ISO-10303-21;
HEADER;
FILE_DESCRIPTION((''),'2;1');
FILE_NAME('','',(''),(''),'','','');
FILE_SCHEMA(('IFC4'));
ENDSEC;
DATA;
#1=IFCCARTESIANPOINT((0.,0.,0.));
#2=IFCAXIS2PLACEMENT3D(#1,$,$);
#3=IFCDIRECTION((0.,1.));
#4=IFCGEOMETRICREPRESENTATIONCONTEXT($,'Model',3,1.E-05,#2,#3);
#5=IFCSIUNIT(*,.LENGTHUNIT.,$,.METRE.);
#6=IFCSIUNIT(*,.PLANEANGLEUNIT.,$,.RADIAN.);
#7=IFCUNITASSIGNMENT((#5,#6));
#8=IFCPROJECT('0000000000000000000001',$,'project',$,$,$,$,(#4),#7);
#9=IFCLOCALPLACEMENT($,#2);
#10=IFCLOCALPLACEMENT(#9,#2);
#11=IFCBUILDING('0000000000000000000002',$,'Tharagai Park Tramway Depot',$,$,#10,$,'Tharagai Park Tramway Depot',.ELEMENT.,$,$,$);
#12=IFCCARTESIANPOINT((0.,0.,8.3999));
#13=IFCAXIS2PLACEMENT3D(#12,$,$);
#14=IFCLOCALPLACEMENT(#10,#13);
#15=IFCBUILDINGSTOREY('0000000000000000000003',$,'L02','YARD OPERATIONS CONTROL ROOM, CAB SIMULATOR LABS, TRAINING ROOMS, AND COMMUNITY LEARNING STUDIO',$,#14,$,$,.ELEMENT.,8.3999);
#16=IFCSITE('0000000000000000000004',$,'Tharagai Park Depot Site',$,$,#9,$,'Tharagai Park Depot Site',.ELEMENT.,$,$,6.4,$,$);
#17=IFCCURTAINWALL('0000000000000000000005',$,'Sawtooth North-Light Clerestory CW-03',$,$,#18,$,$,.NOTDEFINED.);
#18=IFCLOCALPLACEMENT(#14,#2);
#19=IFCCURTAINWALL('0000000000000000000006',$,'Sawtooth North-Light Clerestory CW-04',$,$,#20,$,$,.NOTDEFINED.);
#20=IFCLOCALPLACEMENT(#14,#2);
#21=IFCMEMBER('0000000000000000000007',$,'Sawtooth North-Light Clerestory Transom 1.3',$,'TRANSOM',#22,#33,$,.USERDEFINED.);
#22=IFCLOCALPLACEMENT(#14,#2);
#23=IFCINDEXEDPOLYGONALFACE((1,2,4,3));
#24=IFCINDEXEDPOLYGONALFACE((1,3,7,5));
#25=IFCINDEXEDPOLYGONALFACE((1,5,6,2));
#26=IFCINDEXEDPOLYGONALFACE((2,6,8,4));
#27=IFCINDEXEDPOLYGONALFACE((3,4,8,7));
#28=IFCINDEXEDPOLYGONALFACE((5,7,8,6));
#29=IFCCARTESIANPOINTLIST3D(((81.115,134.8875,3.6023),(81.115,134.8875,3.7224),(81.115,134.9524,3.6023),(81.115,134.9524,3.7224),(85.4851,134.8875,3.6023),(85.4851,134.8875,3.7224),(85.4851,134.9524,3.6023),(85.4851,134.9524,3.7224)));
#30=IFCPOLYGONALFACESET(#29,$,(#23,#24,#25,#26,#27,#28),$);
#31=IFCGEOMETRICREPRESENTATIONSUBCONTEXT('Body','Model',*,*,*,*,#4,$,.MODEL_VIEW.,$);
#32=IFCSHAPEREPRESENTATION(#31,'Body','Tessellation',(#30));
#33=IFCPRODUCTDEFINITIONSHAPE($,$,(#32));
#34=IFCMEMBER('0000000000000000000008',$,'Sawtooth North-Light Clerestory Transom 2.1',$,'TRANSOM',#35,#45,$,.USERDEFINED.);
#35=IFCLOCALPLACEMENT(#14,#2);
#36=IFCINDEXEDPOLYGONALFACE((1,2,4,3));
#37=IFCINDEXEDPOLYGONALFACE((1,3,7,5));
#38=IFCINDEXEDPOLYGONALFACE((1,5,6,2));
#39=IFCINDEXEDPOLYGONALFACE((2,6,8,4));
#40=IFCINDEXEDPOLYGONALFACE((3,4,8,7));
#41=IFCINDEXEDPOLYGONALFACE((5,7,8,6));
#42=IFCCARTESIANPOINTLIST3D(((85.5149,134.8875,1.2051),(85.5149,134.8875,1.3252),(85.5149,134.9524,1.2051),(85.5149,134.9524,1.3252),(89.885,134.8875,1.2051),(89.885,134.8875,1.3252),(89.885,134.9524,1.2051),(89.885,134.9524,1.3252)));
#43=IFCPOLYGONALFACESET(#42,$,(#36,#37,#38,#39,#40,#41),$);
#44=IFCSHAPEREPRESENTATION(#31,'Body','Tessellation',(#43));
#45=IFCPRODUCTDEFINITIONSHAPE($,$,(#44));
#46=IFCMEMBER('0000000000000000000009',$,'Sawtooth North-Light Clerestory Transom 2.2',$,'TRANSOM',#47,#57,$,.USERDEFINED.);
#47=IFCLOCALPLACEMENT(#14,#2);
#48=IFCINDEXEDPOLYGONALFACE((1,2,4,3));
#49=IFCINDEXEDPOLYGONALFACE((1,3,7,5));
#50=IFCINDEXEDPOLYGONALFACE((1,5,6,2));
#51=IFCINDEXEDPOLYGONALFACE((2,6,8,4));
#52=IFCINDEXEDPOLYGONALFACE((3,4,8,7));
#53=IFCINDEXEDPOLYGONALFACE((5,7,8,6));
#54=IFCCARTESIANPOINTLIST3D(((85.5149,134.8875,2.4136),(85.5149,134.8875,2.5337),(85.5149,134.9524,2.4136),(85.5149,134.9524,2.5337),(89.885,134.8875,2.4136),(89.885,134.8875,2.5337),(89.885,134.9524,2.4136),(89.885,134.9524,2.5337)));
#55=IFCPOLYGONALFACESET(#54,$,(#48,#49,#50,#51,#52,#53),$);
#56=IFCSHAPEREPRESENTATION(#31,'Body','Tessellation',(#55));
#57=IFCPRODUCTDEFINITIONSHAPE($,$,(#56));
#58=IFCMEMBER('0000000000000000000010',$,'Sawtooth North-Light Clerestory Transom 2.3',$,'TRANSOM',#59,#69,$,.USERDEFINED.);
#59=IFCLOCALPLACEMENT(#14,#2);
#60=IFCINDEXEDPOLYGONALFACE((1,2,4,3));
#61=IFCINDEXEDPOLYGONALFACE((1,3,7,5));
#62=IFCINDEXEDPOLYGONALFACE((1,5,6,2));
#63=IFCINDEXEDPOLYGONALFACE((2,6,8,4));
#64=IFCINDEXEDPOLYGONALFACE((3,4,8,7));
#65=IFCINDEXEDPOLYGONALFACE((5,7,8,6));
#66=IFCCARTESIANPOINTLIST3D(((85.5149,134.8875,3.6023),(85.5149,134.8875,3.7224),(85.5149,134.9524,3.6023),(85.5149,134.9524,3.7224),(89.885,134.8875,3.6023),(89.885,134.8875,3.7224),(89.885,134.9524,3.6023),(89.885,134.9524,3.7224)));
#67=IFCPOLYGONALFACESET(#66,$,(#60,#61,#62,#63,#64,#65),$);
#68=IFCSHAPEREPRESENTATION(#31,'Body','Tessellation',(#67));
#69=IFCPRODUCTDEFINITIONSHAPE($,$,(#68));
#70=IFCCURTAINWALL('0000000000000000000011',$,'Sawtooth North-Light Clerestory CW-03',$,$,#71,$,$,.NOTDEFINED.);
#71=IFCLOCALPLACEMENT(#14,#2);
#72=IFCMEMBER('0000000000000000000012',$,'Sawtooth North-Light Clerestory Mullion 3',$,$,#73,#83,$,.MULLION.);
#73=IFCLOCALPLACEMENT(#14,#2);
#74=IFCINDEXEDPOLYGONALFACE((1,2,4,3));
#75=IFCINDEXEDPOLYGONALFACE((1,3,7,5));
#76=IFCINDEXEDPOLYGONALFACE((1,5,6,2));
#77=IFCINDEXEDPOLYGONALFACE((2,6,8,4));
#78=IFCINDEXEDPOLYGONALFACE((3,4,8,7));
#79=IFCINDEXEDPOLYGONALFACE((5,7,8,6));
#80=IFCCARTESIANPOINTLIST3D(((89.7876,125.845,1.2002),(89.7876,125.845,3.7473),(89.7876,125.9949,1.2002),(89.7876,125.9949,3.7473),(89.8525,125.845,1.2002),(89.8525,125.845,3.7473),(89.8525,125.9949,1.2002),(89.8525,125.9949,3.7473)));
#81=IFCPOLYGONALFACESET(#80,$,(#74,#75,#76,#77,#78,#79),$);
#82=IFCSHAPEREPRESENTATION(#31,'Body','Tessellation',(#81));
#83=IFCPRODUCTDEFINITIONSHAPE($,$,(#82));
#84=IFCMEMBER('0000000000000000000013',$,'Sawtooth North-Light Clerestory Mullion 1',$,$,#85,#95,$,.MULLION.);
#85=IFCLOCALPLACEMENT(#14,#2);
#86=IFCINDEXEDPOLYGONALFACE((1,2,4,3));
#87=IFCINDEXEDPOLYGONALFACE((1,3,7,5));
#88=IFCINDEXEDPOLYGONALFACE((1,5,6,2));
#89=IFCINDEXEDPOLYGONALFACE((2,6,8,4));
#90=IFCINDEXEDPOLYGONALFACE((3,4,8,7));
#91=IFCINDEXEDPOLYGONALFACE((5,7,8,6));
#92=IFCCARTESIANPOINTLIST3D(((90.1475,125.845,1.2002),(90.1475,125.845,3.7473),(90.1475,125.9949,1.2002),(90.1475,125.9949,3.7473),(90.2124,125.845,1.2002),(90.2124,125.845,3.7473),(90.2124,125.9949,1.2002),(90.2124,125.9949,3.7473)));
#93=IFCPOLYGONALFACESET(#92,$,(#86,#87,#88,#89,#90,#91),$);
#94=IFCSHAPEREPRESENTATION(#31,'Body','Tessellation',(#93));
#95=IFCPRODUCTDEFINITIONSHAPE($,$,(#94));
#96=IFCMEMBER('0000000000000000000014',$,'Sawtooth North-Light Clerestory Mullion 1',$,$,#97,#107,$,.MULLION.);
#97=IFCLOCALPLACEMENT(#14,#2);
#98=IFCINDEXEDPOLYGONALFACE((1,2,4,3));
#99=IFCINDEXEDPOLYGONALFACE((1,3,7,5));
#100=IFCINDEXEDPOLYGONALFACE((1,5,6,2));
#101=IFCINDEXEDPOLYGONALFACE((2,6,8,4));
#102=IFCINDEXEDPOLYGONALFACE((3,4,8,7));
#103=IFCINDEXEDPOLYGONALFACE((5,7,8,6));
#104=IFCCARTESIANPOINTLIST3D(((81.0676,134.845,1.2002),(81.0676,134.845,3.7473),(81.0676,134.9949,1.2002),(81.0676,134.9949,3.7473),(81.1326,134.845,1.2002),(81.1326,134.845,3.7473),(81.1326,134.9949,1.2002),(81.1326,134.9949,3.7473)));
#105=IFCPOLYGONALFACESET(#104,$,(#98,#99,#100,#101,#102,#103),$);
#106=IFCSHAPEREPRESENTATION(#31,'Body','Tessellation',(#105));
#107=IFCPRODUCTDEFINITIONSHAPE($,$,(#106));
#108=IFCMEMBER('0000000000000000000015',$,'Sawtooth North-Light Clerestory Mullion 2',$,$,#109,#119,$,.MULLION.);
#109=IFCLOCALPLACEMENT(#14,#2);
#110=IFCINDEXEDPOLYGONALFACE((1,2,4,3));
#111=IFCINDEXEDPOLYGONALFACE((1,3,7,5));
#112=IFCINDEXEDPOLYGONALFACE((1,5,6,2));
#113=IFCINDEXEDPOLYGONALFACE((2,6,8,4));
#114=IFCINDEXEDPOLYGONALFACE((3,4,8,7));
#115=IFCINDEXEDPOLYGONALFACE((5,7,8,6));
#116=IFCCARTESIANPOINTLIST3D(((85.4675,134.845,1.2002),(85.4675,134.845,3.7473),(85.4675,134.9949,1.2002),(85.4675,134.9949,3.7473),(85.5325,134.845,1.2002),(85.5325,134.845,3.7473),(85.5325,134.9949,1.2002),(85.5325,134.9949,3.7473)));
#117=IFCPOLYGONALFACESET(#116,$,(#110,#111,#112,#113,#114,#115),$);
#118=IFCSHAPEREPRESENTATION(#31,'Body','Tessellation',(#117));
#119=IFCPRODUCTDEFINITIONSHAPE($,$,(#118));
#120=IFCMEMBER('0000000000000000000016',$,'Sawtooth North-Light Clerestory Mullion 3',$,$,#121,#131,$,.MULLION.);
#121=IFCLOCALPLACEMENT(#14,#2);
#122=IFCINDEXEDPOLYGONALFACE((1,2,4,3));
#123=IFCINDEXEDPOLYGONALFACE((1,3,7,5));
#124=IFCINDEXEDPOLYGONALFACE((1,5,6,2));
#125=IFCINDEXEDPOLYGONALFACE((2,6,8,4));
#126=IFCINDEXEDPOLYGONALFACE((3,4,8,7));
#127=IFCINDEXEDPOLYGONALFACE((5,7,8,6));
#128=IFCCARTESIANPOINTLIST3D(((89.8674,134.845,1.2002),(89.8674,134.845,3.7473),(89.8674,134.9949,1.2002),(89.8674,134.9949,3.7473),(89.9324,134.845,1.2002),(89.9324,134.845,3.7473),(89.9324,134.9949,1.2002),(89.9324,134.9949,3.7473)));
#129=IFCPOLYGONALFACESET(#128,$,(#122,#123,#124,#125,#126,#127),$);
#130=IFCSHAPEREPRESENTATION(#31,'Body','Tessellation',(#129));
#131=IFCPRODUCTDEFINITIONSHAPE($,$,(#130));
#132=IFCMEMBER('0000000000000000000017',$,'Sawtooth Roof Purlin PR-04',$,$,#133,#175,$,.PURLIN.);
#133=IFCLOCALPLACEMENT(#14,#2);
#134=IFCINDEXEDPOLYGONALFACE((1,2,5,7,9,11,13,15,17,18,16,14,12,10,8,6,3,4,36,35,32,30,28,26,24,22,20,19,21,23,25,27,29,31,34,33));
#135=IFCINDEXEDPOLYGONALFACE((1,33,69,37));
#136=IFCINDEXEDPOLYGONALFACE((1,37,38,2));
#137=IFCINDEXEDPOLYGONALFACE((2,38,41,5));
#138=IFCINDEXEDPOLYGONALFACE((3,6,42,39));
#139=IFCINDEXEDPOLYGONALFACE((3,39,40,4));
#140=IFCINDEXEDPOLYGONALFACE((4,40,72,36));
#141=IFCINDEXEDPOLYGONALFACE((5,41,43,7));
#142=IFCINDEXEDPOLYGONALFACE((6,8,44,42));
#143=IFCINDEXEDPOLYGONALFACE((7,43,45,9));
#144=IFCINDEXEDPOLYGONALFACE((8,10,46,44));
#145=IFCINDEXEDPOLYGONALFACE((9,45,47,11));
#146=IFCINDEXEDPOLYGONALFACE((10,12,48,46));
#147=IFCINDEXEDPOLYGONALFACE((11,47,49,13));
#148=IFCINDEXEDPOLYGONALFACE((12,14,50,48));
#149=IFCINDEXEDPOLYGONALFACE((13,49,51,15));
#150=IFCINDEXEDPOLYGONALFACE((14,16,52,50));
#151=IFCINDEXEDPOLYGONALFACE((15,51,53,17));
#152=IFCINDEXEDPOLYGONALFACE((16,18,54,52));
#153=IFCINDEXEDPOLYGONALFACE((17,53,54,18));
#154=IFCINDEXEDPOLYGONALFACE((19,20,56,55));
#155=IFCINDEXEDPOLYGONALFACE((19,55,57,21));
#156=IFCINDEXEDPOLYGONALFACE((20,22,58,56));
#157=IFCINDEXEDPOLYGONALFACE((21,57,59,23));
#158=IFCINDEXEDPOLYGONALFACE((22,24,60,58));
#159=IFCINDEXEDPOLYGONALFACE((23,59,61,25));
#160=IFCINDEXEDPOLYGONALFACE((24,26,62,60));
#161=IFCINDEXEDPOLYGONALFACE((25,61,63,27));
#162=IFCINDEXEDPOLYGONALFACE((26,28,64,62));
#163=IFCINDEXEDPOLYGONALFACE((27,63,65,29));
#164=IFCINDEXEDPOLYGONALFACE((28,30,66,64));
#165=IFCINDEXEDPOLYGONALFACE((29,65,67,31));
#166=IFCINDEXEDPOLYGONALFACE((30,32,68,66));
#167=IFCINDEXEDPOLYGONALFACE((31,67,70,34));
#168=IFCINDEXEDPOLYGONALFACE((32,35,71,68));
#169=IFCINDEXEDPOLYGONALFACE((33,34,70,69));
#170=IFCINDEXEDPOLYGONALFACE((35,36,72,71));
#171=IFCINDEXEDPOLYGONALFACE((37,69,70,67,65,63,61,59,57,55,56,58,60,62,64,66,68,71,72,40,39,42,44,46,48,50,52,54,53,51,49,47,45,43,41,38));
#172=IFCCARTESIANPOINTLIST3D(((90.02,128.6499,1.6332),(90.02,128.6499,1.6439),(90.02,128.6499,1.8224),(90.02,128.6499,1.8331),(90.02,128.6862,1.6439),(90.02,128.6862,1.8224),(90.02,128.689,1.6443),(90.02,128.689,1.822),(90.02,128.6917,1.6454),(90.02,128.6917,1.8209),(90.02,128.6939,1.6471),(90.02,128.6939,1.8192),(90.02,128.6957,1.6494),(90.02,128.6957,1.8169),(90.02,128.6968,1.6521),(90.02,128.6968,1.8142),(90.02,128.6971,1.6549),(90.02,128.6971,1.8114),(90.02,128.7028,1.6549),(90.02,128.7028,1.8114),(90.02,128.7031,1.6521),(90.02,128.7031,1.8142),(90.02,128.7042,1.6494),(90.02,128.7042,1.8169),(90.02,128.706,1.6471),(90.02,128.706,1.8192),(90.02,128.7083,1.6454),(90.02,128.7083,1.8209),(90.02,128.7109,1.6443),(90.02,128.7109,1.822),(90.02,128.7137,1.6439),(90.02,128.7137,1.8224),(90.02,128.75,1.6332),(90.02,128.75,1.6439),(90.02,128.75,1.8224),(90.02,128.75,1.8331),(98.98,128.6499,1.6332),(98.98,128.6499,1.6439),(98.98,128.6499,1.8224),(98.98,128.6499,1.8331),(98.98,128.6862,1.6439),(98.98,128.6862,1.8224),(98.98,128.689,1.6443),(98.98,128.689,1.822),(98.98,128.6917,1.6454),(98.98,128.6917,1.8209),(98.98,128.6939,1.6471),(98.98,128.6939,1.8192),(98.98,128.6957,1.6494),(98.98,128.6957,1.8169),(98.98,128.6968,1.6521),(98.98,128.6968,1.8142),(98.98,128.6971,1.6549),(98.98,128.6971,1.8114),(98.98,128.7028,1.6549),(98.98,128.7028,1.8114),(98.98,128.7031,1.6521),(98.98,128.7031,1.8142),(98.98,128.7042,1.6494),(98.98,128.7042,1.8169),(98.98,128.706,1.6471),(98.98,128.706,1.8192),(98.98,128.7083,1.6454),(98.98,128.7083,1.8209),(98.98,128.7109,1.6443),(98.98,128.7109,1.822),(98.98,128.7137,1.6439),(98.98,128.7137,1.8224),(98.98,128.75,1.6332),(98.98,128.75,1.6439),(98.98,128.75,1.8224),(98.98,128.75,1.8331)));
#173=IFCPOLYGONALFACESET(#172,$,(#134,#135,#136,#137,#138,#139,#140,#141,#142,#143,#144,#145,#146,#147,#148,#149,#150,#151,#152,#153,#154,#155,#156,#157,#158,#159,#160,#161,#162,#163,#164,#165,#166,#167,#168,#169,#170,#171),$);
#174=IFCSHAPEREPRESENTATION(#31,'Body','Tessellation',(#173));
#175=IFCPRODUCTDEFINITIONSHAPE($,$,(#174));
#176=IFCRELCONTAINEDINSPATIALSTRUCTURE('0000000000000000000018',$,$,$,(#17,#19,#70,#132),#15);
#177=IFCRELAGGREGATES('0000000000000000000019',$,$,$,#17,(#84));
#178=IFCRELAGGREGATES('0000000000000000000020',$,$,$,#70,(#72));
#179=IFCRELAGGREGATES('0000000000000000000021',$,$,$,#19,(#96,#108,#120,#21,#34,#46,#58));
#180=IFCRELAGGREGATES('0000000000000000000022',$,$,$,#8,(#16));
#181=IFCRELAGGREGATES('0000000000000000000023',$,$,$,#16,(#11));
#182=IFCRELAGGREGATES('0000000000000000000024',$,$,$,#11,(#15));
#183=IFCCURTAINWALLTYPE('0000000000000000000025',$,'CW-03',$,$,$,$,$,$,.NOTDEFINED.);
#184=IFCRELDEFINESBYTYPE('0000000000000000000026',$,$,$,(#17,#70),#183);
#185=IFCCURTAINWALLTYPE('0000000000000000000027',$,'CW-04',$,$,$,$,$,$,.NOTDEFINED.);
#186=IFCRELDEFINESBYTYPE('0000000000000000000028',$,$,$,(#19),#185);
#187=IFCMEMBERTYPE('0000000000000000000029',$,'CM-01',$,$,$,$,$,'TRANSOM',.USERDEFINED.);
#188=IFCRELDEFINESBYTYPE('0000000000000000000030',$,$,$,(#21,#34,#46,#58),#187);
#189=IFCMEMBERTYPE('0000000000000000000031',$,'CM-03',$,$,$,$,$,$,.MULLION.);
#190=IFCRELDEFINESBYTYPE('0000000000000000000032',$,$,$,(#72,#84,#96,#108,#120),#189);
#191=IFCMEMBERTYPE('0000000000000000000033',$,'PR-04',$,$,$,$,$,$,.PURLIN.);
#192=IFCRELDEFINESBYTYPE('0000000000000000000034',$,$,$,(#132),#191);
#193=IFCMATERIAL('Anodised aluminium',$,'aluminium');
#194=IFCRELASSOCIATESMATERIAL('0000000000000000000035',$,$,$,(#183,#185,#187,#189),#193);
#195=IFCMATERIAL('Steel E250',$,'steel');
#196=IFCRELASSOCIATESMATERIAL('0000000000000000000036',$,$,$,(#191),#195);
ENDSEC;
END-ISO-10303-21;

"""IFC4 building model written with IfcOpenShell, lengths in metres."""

from ifc_helpers import new_model, si_unit, direction, frame, origin, origin_2d, place, context, subcontext, project, spatial, rectangle, i_section, extrude, material, material_profile, profile_set, type_object, element, aggregate, save


model = new_model("IFC4")

# Units and contexts
model_context = context("Model", 3, precision=1e-05, world=origin(), true_north=direction((0.0, 1.0)))
body_context = subcontext(model_context, "Body", "Model", "MODEL_VIEW")
ifc_project = project(units=[si_unit("LENGTHUNIT", "METRE"), si_unit("PLANEANGLEUNIT", "RADIAN")], contexts=[model_context])

# Site, building, storey
site_placement = place(None, origin())
site = spatial("IfcSite", under=ifc_project, at=site_placement, Name="Tharagai Park Depot Site", LongName="Tharagai Park Depot Site", CompositionType="ELEMENT", RefElevation=6.4)
building_placement = place(site_placement, origin())
building = spatial("IfcBuilding", under=site, at=building_placement, Name="Tharagai Park Tramway Depot", LongName="Tharagai Park Tramway Depot", CompositionType="ELEMENT")
storey_placement = place(building_placement, frame((0.0, 0.0, 8.3999)))
storey = spatial("IfcBuildingStorey", under=building, at=storey_placement, Name="L02", Description="YARD OPERATIONS CONTROL ROOM, CAB SIMULATOR LABS, TRAINING ROOMS, AND COMMUNITY LEARNING STUDIO", CompositionType="ELEMENT", Elevation=8.3999)

# Curtain walls, members
ifc_material_1 = material(Name="Anodised aluminium", Category="aluminium")
curtain_wall_type_1 = type_object("IfcCurtainWallType", Name="CW-03", PredefinedType="NOTDEFINED", material=ifc_material_1)
curtain_wall_1_placement = place(storey_placement, origin())
curtain_wall_1 = element("IfcCurtainWall", 1, at=curtain_wall_1_placement, inside=storey, type_object=curtain_wall_type_1, Name="Sawtooth North-Light Clerestory CW-03", PredefinedType="NOTDEFINED")
ifc_material_profile_1 = material_profile(ifc_material_1, rectangle(XDim=0.0649, YDim=0.1201, at=origin_2d()), Name="ALU 65x120")
ifc_profile_set_1 = profile_set([ifc_material_profile_1], Name="Anodised aluminium")
member_type_1 = type_object("IfcMemberType", Name="CM-01", ElementType="TRANSOM", PredefinedType="USERDEFINED", material=ifc_profile_set_1)
curtain_wall_type_2 = type_object("IfcCurtainWallType", Name="CW-04", PredefinedType="NOTDEFINED", material=ifc_material_1)
curtain_wall_2_placement = place(storey_placement, origin())
curtain_wall_2 = element("IfcCurtainWall", 2, at=curtain_wall_2_placement, inside=storey, type_object=curtain_wall_type_2, Name="Sawtooth North-Light Clerestory CW-04", PredefinedType="NOTDEFINED")
member_1_placement = place(storey_placement, frame((81.115, 134.9199, 3.6624), z_axis=(1.0, 0.0, 0.0), x_axis=(0.0, 1.0, 0.0)))
member_1 = element("IfcMember", 3, at=member_1_placement, type_object=member_type_1, Name="Sawtooth North-Light Clerestory Transom 1.3", ObjectType="TRANSOM", PredefinedType="USERDEFINED", context=body_context, shape_type="SweptSolid", body=[
    extrude(rectangle(XDim=0.0649, YDim=0.1201, at=origin_2d()), origin(), (0.0, 0.0, 1.0), 4.3701),
])
member_2_placement = place(storey_placement, frame((85.5149, 134.9199, 1.2651), z_axis=(1.0, 0.0, 0.0), x_axis=(0.0, 1.0, 0.0)))
member_2 = element("IfcMember", 4, at=member_2_placement, type_object=member_type_1, Name="Sawtooth North-Light Clerestory Transom 2.1", ObjectType="TRANSOM", PredefinedType="USERDEFINED", context=body_context, shape_type="SweptSolid", body=[
    extrude(rectangle(XDim=0.0649, YDim=0.1201, at=origin_2d()), origin(), (0.0, 0.0, 1.0), 4.3701),
])
member_3_placement = place(storey_placement, frame((85.5149, 134.9199, 2.4736), z_axis=(1.0, 0.0, 0.0), x_axis=(0.0, 1.0, 0.0)))
member_3 = element("IfcMember", 5, at=member_3_placement, type_object=member_type_1, Name="Sawtooth North-Light Clerestory Transom 2.2", ObjectType="TRANSOM", PredefinedType="USERDEFINED", context=body_context, shape_type="SweptSolid", body=[
    extrude(rectangle(XDim=0.0649, YDim=0.1201, at=origin_2d()), origin(), (0.0, 0.0, 1.0), 4.3701),
])
member_4_placement = place(storey_placement, frame((85.5149, 134.9199, 3.6624), z_axis=(1.0, 0.0, 0.0), x_axis=(0.0, 1.0, 0.0)))
member_4 = element("IfcMember", 6, at=member_4_placement, type_object=member_type_1, Name="Sawtooth North-Light Clerestory Transom 2.3", ObjectType="TRANSOM", PredefinedType="USERDEFINED", context=body_context, shape_type="SweptSolid", body=[
    extrude(rectangle(XDim=0.0649, YDim=0.1201, at=origin_2d()), origin(), (0.0, 0.0, 1.0), 4.3701),
])

# Curtain wall, member
curtain_wall_3_placement = place(storey_placement, origin())
curtain_wall_3 = element("IfcCurtainWall", 7, at=curtain_wall_3_placement, inside=storey, type_object=curtain_wall_type_1, Name="Sawtooth North-Light Clerestory CW-03", PredefinedType="NOTDEFINED")
ifc_material_profile_2 = material_profile(ifc_material_1, rectangle(XDim=0.0649, YDim=0.1499, at=origin_2d()), Name="ALU 65x150")
ifc_profile_set_2 = profile_set([ifc_material_profile_2], Name="Anodised aluminium")
member_type_2 = type_object("IfcMemberType", Name="CM-03", PredefinedType="MULLION", material=ifc_profile_set_2)
member_5_placement = place(storey_placement, frame((89.8201, 125.9199, 1.2002), z_axis=(0.0, 0.0, 1.0), x_axis=(1.0, 0.0, 0.0)))
member_5 = element("IfcMember", 8, at=member_5_placement, type_object=member_type_2, Name="Sawtooth North-Light Clerestory Mullion 3", PredefinedType="MULLION", context=body_context, shape_type="SweptSolid", body=[
    extrude(rectangle(XDim=0.0649, YDim=0.1499, at=origin_2d()), origin(), (0.0, 0.0, 1.0), 2.5471),
])

# Members
member_6_placement = place(storey_placement, frame((90.1799, 125.9199, 1.2002), z_axis=(0.0, 0.0, 1.0), x_axis=(1.0, 0.0, 0.0)))
member_6 = element("IfcMember", 9, at=member_6_placement, type_object=member_type_2, Name="Sawtooth North-Light Clerestory Mullion 1", PredefinedType="MULLION", context=body_context, shape_type="SweptSolid", body=[
    extrude(rectangle(XDim=0.0649, YDim=0.1499, at=origin_2d()), origin(), (0.0, 0.0, 1.0), 2.5471),
])
aggregate(curtain_wall_1, [member_6])
member_7_placement = place(storey_placement, frame((81.1001, 134.9199, 1.2002), z_axis=(0.0, 0.0, 1.0), x_axis=(1.0, 0.0, 0.0)))
member_7 = element("IfcMember", 10, at=member_7_placement, type_object=member_type_2, Name="Sawtooth North-Light Clerestory Mullion 1", PredefinedType="MULLION", context=body_context, shape_type="SweptSolid", body=[
    extrude(rectangle(XDim=0.0649, YDim=0.1499, at=origin_2d()), origin(), (0.0, 0.0, 1.0), 2.5471),
])
member_8_placement = place(storey_placement, frame((85.5, 134.9199, 1.2002), z_axis=(0.0, 0.0, 1.0), x_axis=(1.0, 0.0, 0.0)))
member_8 = element("IfcMember", 11, at=member_8_placement, type_object=member_type_2, Name="Sawtooth North-Light Clerestory Mullion 2", PredefinedType="MULLION", context=body_context, shape_type="SweptSolid", body=[
    extrude(rectangle(XDim=0.0649, YDim=0.1499, at=origin_2d()), origin(), (0.0, 0.0, 1.0), 2.5471),
])
member_9_placement = place(storey_placement, frame((89.8999, 134.9199, 1.2002), z_axis=(0.0, 0.0, 1.0), x_axis=(1.0, 0.0, 0.0)))
member_9 = element("IfcMember", 12, at=member_9_placement, type_object=member_type_2, Name="Sawtooth North-Light Clerestory Mullion 3", PredefinedType="MULLION", context=body_context, shape_type="SweptSolid", body=[
    extrude(rectangle(XDim=0.0649, YDim=0.1499, at=origin_2d()), origin(), (0.0, 0.0, 1.0), 2.5471),
])

# Member
ifc_material_2 = material(Name="Steel E250", Category="steel")
ifc_material_profile_3 = material_profile(ifc_material_2, i_section(OverallWidth=0.1001, OverallDepth=0.2, WebThickness=0.0056, FlangeThickness=0.0107, FilletRadius=0.011, at=origin_2d()), Name="ISMB 200")
ifc_profile_set_3 = profile_set([ifc_material_profile_3], Name="Steel E250")
member_type_3 = type_object("IfcMemberType", Name="PR-04", PredefinedType="PURLIN", material=ifc_profile_set_3)
for number, where, z_axis, x_axis, name in (
    (13, (90.02, 128.7, 1.7332), (1.0, 0.0, 0.0), (0.0, 1.0, 0.0), "Sawtooth Roof Purlin PR-04"),
):
    element("IfcMember", number, at=place(storey_placement, frame(where, z_axis=z_axis, x_axis=x_axis)), inside=storey, type_object=member_type_3, Name=name, PredefinedType="PURLIN", context=body_context, shape_type="SweptSolid", body=[
        extrude(i_section(OverallWidth=0.1001, OverallDepth=0.2, WebThickness=0.0056, FlangeThickness=0.0107, FilletRadius=0.011, at=origin_2d()), origin(), (0.0, 0.0, 1.0), 8.96),
    ])

aggregate(curtain_wall_3, [member_5])
aggregate(curtain_wall_2, [member_7, member_8, member_9, member_1, member_2, member_3, member_4])

save(model, "model.ifc")
